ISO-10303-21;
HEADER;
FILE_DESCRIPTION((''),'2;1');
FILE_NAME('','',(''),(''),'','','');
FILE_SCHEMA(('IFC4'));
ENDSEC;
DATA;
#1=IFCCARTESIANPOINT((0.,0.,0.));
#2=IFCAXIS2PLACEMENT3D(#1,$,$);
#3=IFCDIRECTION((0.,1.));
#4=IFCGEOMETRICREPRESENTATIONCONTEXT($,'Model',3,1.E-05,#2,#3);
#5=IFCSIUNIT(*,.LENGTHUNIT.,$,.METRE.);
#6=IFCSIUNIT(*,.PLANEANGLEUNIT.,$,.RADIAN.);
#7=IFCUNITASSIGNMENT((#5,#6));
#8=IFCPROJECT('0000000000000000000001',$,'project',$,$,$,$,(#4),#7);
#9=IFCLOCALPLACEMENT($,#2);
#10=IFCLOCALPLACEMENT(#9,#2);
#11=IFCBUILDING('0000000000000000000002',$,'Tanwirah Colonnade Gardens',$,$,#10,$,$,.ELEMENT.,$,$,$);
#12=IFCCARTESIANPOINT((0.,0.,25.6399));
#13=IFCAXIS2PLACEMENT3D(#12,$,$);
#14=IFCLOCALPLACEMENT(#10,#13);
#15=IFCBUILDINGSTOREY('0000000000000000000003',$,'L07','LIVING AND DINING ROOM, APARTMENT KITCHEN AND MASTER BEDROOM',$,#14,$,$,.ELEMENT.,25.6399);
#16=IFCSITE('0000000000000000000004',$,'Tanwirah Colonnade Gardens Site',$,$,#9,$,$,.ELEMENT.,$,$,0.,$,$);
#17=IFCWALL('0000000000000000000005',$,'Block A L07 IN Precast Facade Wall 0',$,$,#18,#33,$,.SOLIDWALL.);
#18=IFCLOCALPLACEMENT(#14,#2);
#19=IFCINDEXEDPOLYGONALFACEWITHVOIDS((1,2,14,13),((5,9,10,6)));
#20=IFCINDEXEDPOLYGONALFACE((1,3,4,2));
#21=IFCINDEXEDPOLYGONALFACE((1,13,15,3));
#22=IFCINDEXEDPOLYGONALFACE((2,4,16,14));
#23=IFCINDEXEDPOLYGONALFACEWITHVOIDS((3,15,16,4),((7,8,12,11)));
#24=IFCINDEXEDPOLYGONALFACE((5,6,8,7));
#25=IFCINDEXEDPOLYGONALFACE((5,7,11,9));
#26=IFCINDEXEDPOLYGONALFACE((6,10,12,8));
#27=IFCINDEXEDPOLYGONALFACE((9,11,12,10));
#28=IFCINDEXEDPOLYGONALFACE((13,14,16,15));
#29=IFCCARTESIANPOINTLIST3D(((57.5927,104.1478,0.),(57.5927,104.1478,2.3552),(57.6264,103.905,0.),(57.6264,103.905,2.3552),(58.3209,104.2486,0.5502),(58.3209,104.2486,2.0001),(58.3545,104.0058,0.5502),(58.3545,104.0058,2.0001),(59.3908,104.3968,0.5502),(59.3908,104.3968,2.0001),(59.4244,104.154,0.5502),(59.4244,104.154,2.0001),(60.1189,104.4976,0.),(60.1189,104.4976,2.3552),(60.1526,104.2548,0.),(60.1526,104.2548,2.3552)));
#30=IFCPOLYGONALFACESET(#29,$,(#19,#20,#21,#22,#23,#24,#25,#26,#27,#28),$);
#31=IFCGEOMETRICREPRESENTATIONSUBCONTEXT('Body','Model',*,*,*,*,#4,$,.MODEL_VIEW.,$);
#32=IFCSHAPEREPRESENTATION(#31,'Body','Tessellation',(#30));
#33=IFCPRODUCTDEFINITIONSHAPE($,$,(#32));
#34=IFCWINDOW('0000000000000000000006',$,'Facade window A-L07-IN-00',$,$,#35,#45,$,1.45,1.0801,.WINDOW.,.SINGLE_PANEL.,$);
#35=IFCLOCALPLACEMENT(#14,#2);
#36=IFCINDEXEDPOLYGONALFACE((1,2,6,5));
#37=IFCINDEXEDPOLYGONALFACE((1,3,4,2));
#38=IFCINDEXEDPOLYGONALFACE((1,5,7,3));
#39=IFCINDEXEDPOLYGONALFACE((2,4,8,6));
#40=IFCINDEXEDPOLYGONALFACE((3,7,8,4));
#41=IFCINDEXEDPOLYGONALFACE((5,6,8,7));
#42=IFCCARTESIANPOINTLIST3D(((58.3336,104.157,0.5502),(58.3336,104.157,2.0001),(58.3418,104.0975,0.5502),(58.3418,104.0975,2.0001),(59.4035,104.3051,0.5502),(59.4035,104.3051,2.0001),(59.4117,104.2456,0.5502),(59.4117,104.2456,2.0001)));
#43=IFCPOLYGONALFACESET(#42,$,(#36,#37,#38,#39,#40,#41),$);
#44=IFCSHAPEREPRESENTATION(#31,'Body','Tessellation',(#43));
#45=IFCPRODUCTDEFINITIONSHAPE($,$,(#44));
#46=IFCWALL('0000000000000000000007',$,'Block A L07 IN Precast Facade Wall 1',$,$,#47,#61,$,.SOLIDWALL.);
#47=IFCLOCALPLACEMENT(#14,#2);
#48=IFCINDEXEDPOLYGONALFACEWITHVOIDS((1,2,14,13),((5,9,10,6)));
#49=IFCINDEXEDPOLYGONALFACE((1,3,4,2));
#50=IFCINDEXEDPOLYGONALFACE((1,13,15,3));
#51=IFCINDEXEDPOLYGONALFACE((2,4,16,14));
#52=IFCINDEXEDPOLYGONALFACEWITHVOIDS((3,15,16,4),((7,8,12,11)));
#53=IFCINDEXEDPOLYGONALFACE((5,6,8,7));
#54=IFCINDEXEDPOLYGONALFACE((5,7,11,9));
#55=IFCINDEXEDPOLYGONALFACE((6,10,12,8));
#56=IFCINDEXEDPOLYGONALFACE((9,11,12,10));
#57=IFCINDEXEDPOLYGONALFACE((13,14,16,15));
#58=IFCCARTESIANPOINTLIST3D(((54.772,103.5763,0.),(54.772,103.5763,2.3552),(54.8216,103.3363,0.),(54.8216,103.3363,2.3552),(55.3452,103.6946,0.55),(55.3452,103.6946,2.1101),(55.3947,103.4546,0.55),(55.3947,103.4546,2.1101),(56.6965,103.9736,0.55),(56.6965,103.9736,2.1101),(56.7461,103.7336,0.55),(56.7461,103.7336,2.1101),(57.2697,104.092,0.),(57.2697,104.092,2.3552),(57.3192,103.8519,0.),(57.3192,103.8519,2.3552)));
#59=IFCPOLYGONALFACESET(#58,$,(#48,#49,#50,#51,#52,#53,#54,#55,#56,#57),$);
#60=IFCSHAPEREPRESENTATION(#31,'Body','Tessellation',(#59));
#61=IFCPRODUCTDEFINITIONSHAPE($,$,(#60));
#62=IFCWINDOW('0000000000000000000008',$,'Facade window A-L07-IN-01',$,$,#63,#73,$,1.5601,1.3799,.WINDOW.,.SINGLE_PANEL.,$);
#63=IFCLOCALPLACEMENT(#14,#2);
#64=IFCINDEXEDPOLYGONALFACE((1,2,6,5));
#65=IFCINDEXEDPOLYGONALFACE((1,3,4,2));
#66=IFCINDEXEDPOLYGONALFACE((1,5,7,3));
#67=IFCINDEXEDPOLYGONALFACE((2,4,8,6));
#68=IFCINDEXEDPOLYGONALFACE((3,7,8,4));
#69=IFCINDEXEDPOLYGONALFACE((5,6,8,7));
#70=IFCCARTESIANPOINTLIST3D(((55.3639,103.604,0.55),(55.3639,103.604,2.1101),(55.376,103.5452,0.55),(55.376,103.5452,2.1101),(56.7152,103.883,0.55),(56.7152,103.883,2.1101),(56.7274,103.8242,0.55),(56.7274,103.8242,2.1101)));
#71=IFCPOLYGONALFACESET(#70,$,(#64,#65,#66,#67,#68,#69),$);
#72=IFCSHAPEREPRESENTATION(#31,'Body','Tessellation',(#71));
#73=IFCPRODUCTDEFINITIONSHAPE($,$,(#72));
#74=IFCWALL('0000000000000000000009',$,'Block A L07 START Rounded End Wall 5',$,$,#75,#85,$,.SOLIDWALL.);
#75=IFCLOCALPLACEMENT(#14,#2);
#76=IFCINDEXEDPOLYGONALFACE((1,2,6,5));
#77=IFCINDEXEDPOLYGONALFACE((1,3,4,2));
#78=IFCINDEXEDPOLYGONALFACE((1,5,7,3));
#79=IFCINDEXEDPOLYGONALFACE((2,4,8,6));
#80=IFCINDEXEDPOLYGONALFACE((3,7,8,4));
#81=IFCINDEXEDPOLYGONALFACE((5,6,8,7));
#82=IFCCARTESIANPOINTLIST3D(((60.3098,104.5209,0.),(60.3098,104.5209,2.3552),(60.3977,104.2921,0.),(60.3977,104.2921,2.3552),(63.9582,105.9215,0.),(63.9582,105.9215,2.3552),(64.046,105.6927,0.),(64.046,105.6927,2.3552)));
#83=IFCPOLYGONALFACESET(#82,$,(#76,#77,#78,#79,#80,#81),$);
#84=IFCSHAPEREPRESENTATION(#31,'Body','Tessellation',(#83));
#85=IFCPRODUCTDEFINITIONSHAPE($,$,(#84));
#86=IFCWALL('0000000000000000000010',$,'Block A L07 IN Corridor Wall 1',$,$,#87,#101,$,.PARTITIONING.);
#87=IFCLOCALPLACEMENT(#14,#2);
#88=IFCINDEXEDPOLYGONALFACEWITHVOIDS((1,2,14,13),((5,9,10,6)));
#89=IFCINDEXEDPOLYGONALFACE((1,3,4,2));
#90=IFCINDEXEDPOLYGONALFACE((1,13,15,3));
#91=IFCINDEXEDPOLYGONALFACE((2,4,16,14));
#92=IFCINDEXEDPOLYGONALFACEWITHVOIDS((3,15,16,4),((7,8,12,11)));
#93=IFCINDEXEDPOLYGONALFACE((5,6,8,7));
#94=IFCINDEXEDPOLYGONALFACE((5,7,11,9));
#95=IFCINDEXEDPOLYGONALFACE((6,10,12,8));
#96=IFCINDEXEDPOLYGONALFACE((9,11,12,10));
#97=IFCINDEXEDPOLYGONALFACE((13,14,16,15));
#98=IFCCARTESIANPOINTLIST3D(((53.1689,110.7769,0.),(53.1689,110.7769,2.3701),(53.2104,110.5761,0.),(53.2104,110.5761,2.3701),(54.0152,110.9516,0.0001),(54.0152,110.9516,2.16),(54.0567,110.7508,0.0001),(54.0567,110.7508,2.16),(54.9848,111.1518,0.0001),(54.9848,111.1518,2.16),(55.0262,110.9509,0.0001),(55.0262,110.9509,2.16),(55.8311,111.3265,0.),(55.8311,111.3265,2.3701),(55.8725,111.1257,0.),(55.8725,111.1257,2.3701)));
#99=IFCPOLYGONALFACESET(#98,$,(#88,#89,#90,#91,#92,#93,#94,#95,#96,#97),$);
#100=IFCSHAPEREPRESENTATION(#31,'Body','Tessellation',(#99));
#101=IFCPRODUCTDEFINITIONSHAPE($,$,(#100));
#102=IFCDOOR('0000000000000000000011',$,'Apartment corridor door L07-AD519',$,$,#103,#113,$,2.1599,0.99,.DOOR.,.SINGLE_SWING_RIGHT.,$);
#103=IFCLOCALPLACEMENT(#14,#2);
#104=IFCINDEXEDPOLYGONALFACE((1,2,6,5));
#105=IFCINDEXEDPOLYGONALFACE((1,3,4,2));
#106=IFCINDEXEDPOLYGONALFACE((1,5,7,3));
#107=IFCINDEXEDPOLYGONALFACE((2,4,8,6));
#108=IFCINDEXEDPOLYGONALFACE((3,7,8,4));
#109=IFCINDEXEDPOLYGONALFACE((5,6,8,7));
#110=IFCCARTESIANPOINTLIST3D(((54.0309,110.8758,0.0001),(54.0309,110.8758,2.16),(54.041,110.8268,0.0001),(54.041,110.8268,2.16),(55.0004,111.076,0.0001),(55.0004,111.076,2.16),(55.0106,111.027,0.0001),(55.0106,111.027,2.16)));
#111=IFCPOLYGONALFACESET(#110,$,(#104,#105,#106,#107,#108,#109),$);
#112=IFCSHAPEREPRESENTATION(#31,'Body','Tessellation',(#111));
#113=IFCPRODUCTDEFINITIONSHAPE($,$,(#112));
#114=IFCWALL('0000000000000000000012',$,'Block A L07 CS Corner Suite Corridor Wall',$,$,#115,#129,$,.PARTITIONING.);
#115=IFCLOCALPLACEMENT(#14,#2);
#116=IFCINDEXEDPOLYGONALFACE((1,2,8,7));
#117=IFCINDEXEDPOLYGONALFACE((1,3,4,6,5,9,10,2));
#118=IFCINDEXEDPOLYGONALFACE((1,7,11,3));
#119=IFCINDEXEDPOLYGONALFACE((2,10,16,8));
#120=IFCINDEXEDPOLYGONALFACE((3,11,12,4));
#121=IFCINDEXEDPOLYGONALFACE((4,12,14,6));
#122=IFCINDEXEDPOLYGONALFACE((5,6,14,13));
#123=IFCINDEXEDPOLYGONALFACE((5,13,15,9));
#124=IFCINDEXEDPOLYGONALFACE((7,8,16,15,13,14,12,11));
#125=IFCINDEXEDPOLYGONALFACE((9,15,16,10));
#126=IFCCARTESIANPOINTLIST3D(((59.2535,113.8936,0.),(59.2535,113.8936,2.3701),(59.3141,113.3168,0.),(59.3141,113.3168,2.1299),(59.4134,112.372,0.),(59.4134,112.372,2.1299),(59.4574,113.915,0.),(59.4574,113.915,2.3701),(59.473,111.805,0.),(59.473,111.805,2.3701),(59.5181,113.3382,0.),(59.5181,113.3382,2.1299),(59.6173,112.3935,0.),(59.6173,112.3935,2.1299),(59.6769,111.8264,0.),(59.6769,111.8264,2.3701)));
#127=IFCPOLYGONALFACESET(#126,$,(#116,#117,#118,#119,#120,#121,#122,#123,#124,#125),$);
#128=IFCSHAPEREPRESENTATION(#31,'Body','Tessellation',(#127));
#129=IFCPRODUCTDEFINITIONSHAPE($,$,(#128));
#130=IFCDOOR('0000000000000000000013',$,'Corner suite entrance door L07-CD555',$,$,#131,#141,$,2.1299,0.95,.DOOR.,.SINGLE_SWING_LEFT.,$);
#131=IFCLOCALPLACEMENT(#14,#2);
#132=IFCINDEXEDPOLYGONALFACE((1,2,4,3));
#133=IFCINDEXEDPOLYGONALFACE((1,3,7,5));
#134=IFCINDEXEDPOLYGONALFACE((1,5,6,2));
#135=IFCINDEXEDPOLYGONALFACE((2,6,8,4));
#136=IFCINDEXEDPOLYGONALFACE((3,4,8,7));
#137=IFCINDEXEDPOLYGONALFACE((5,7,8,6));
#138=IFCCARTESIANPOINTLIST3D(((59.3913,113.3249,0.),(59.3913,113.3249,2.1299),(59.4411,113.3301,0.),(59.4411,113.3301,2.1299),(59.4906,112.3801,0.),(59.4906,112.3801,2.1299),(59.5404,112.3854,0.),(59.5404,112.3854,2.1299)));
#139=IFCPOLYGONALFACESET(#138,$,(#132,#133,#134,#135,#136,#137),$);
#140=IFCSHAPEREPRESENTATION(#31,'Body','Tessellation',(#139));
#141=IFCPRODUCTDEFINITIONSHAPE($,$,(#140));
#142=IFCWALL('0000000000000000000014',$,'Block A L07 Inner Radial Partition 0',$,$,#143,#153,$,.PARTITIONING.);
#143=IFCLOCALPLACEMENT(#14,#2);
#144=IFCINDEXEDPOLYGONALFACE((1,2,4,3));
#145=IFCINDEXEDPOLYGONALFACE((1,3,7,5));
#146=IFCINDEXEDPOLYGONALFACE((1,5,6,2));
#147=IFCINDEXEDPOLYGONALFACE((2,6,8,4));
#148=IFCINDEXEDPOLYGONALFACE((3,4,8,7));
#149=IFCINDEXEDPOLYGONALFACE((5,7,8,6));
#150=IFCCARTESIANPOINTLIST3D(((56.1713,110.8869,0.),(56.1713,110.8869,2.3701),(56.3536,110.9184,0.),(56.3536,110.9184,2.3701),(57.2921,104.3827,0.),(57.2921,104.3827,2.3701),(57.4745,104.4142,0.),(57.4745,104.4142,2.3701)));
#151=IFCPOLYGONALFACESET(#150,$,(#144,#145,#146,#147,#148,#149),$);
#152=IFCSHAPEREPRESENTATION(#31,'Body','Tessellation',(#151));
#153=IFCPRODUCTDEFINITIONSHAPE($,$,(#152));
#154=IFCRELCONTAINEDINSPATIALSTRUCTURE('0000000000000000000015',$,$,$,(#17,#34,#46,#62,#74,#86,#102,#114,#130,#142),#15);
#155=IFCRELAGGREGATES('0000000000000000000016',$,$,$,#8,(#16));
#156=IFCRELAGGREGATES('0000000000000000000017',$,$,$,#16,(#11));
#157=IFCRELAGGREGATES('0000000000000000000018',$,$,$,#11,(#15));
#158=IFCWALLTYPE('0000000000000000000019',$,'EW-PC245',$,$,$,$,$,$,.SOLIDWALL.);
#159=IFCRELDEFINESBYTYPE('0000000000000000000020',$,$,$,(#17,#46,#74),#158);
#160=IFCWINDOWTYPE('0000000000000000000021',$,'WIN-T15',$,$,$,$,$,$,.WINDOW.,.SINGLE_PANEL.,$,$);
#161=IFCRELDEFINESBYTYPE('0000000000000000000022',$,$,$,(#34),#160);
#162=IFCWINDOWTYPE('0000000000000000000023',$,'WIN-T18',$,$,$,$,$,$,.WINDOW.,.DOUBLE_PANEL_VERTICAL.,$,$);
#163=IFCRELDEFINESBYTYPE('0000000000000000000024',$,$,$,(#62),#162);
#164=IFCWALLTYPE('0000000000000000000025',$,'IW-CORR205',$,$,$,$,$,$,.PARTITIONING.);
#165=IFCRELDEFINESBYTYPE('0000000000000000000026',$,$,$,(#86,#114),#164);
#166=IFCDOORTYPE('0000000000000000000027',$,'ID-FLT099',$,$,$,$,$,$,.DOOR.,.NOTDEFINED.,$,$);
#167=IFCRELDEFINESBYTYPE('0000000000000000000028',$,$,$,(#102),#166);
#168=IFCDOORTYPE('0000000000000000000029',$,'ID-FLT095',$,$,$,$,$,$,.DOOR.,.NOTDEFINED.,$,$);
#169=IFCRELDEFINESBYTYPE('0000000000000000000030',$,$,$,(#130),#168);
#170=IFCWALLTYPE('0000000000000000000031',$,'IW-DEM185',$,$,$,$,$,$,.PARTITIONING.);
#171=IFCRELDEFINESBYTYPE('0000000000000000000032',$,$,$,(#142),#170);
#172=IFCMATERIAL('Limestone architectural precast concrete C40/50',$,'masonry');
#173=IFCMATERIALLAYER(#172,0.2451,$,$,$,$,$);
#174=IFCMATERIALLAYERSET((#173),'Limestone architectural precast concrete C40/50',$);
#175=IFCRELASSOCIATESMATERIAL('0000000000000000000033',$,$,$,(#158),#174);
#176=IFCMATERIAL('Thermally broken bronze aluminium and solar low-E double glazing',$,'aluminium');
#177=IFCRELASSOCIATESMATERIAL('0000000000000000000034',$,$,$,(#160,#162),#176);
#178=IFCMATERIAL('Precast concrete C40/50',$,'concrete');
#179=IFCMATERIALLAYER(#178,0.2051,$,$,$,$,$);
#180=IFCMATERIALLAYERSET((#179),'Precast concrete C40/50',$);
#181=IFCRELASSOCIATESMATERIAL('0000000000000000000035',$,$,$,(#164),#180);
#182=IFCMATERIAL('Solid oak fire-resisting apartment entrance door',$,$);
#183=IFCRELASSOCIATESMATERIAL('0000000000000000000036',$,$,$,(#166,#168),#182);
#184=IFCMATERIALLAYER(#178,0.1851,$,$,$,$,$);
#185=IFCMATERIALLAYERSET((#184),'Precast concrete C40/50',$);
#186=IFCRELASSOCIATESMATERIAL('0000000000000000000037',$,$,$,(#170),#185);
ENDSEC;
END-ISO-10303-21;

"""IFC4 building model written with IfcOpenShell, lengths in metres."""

from ifc_helpers import new_model, si_unit, direction, frame, frame_2d, origin, place, context, subcontext, project, spatial, rectangle, extrude, material, layer, layer_set, type_object, element, fill, save


model = new_model("IFC4")

# Units and contexts
model_context = context("Model", 3, precision=1e-05, world=origin(), true_north=direction((0.0, 1.0)))
body_context = subcontext(model_context, "Body", "Model", "MODEL_VIEW")
ifc_project = project(units=[si_unit("LENGTHUNIT", "METRE"), si_unit("PLANEANGLEUNIT", "RADIAN")], contexts=[model_context])

# Site, building, storey
site_placement = place(None, origin())
site = spatial("IfcSite", under=ifc_project, at=site_placement, Name="Tanwirah Colonnade Gardens Site", CompositionType="ELEMENT", RefElevation=0.0)
building_placement = place(site_placement, origin())
building = spatial("IfcBuilding", under=site, at=building_placement, Name="Tanwirah Colonnade Gardens", CompositionType="ELEMENT")
storey_placement = place(building_placement, frame((0.0, 0.0, 25.6399)))
storey = spatial("IfcBuildingStorey", under=building, at=storey_placement, Name="L07", Description="LIVING AND DINING ROOM, APARTMENT KITCHEN AND MASTER BEDROOM", CompositionType="ELEMENT", Elevation=25.6399)

# Shared definitions
ifc_material_1 = material(Name="Precast concrete C40/50", Category="concrete")

# Walls, openings, windows
ifc_material_2 = material(Name="Limestone architectural precast concrete C40/50", Category="masonry")
ifc_layer_1 = layer(ifc_material_2, 0.2451)
ifc_layer_set_1 = layer_set([ifc_layer_1], Name="Limestone architectural precast concrete C40/50")
wall_type_1 = type_object("IfcWallType", Name="EW-PC245", PredefinedType="SOLIDWALL", material=ifc_layer_set_1)
wall_1_placement = place(storey_placement, frame((60.1357, 104.3762, 0.0), z_axis=(0.0, 0.0, 1.0), x_axis=(-0.990545, -0.137185, 0.0)))
wall_1 = element("IfcWall", 1, at=wall_1_placement, inside=storey, type_object=wall_type_1, Name="Block A L07 IN Precast Facade Wall 0", PredefinedType="SOLIDWALL", context=body_context, shape_type="SweptSolid", body=[
    extrude(rectangle(XDim=2.5503, YDim=0.2451, at=frame_2d((1.2751, 0.0))), origin(), (0.0, 0.0, 1.0), 2.3552),
])
opening_1_placement = place(wall_1_placement, frame((0.7351, 0.0, 0.55)))
opening_1 = element("IfcOpeningElement", 2, at=opening_1_placement, cuts=wall_1, PredefinedType="OPENING", context=body_context, shape_type="SweptSolid", body=[
    extrude(rectangle(XDim=1.0801, YDim=1.45, at=frame_2d((0.54, 0.7251))), frame((0.0, 0.1326, 0.0), z_axis=(0.0, -1.0, 0.0), x_axis=(1.0, 0.0, 0.0)), (0.0, 0.0, 1.0), 0.2651),
])
ifc_material_3 = material(Name="Thermally broken bronze aluminium and solar low-E double glazing", Category="aluminium")
window_type_1 = type_object("IfcWindowType", Name="WIN-T15", PartitioningType="SINGLE_PANEL", PredefinedType="WINDOW", material=ifc_material_3)
window_1_placement = place(opening_1_placement, origin())
window_1 = element("IfcWindow", 3, at=window_1_placement, inside=storey, type_object=window_type_1, Name="Facade window A-L07-IN-00", OverallHeight=1.45, OverallWidth=1.0801, PartitioningType="SINGLE_PANEL", PredefinedType="WINDOW", context=body_context, shape_type="SweptSolid", body=[
    extrude(rectangle(XDim=1.0801, YDim=1.45, at=frame_2d((0.54, 0.7251))), frame((0.0, 0.03, 0.0), z_axis=(0.0, -1.0, 0.0), x_axis=(1.0, 0.0, 0.0)), (0.0, 0.0, 1.0), 0.0601),
])
fill(opening_1, window_1)
wall_2_placement = place(storey_placement, frame((57.2944, 103.9719, 0.0), z_axis=(0.0, 0.0, 1.0), x_axis=(-0.979347, -0.202188, 0.0)))
wall_2 = element("IfcWall", 4, at=wall_2_placement, inside=storey, type_object=wall_type_1, Name="Block A L07 IN Precast Facade Wall 1", PredefinedType="SOLIDWALL", context=body_context, shape_type="SweptSolid", body=[
    extrude(rectangle(XDim=2.5503, YDim=0.2451, at=frame_2d((1.2751, 0.0))), origin(), (0.0, 0.0, 1.0), 2.3552),
])
opening_2_placement = place(wall_2_placement, frame((0.5852, 0.0, 0.55)))
opening_2 = element("IfcOpeningElement", 5, at=opening_2_placement, cuts=wall_2, PredefinedType="OPENING", context=body_context, shape_type="SweptSolid", body=[
    extrude(rectangle(XDim=1.3799, YDim=1.5601, at=frame_2d((0.6899, 0.78))), frame((0.0, 0.1326, 0.0), z_axis=(0.0, -1.0, 0.0), x_axis=(1.0, 0.0, 0.0)), (0.0, 0.0, 1.0), 0.2651),
])
window_type_2 = type_object("IfcWindowType", Name="WIN-T18", PartitioningType="DOUBLE_PANEL_VERTICAL", PredefinedType="WINDOW", material=ifc_material_3)
window_2_placement = place(opening_2_placement, origin())
window_2 = element("IfcWindow", 6, at=window_2_placement, inside=storey, type_object=window_type_2, Name="Facade window A-L07-IN-01", OverallHeight=1.5601, OverallWidth=1.3799, PartitioningType="SINGLE_PANEL", PredefinedType="WINDOW", context=body_context, shape_type="SweptSolid", body=[
    extrude(rectangle(XDim=1.3799, YDim=1.5601, at=frame_2d((0.6899, 0.78))), frame((0.0, 0.03, 0.0), z_axis=(0.0, -1.0, 0.0), x_axis=(1.0, 0.0, 0.0)), (0.0, 0.0, 1.0), 0.0601),
])
fill(opening_2, window_2)

# Wall
wall_3_placement = place(storey_placement, frame((64.0022, 105.8071, 0.0), z_axis=(0.0, 0.0, 1.0), x_axis=(-0.933569, -0.358397, 0.0)))
element("IfcWall", 7, at=wall_3_placement, inside=storey, type_object=wall_type_1, Name="Block A L07 START Rounded End Wall 5", PredefinedType="SOLIDWALL", context=body_context, shape_type="SweptSolid", body=[
    extrude(rectangle(XDim=3.908, YDim=0.2451, at=frame_2d((1.9541, 0.0))), origin(), (0.0, 0.0, 1.0), 2.3552),
])

# Walls, openings, doors
ifc_layer_2 = layer(ifc_material_1, 0.2051)
ifc_layer_set_2 = layer_set([ifc_layer_2], Name="Precast concrete C40/50")
wall_type_2 = type_object("IfcWallType", Name="IW-CORR205", PredefinedType="PARTITIONING", material=ifc_layer_set_2)
ifc_material_4 = material(Name="Solid oak fire-resisting apartment entrance door")
wall_4_placement = place(storey_placement, frame((55.8518, 111.2261, 0.0), z_axis=(0.0, 0.0, 1.0), x_axis=(-0.979349, -0.202175, 0.0)))
wall_4 = element("IfcWall", 8, at=wall_4_placement, inside=storey, type_object=wall_type_2, Name="Block A L07 IN Corridor Wall 1", PredefinedType="PARTITIONING", context=body_context, shape_type="SweptSolid", body=[
    extrude(rectangle(XDim=2.7183, YDim=0.2051, at=frame_2d((1.3591, 0.0))), origin(), (0.0, 0.0, 1.0), 2.3701),
])
opening_3_placement = place(wall_4_placement, frame((0.864, 0.0, 0.0)))
opening_3 = element("IfcOpeningElement", 9, at=opening_3_placement, cuts=wall_4, PredefinedType="OPENING", context=body_context, shape_type="SweptSolid", body=[
    extrude(rectangle(XDim=0.99, YDim=2.1599, at=frame_2d((0.4951, 1.0801))), frame((0.0, 0.1125, 0.0), z_axis=(0.0, -1.0, 0.0), x_axis=(1.0, 0.0, 0.0)), (0.0, 0.0, 1.0), 0.2251),
])
door_type_1 = type_object("IfcDoorType", Name="ID-FLT099", OperationType="NOTDEFINED", PredefinedType="DOOR", material=ifc_material_4)
door_1_placement = place(opening_3_placement, origin())
door_1 = element("IfcDoor", 10, at=door_1_placement, inside=storey, type_object=door_type_1, Name="Apartment corridor door L07-AD519", OperationType="SINGLE_SWING_RIGHT", OverallHeight=2.1599, OverallWidth=0.99, PredefinedType="DOOR", context=body_context, shape_type="SweptSolid", body=[
    extrude(rectangle(XDim=0.99, YDim=2.1599, at=frame_2d((0.4951, 1.0801))), frame((0.0, 0.0249, 0.0), z_axis=(0.0, -1.0, 0.0), x_axis=(1.0, 0.0, 0.0)), (0.0, 0.0, 1.0), 0.05),
])
fill(opening_3, door_1)
wall_5_placement = place(storey_placement, frame((59.575, 111.8157, 0.0), z_axis=(0.0, 0.0, 1.0), x_axis=(-0.104509, 0.994524, 0.0)))
wall_5 = element("IfcWall", 11, at=wall_5_placement, inside=storey, type_object=wall_type_2, Name="Block A L07 CS Corner Suite Corridor Wall", PredefinedType="PARTITIONING", context=body_context, shape_type="SweptSolid", body=[
    extrude(rectangle(XDim=2.1001, YDim=0.2051, at=frame_2d((1.05, 0.0))), origin(), (0.0, 0.0, 1.0), 2.3701),
])
opening_4_placement = place(wall_5_placement, frame((0.5701, 0.0, 0.0)))
opening_4 = element("IfcOpeningElement", 12, at=opening_4_placement, cuts=wall_5, PredefinedType="OPENING", context=body_context, shape_type="SweptSolid", body=[
    extrude(rectangle(XDim=0.95, YDim=2.1299, at=frame_2d((0.4751, 1.0649))), frame((0.0, 0.1125, 0.0), z_axis=(0.0, -1.0, 0.0), x_axis=(1.0, 0.0, 0.0)), (0.0, 0.0, 1.0), 0.2251),
])
door_type_2 = type_object("IfcDoorType", Name="ID-FLT095", OperationType="NOTDEFINED", PredefinedType="DOOR", material=ifc_material_4)
door_2_placement = place(opening_4_placement, origin())
door_2 = element("IfcDoor", 13, at=door_2_placement, inside=storey, type_object=door_type_2, Name="Corner suite entrance door L07-CD555", OperationType="SINGLE_SWING_LEFT", OverallHeight=2.1299, OverallWidth=0.95, PredefinedType="DOOR", context=body_context, shape_type="SweptSolid", body=[
    extrude(rectangle(XDim=0.95, YDim=2.1299, at=frame_2d((0.4751, 1.0649))), frame((0.0, 0.0249, 0.0), z_axis=(0.0, -1.0, 0.0), x_axis=(1.0, 0.0, 0.0)), (0.0, 0.0, 1.0), 0.05),
])
fill(opening_4, door_2)

# Wall
ifc_layer_3 = layer(ifc_material_1, 0.1851)
ifc_layer_set_3 = layer_set([ifc_layer_3], Name="Precast concrete C40/50")
wall_type_3 = type_object("IfcWallType", Name="IW-DEM185", PredefinedType="PARTITIONING", material=ifc_layer_set_3)
wall_6_placement = place(storey_placement, frame((57.3833, 104.3984, 0.0), z_axis=(0.0, 0.0, 1.0), x_axis=(-0.169825, 0.985474, 0.0)))
element("IfcWall", 14, at=wall_6_placement, inside=storey, type_object=wall_type_3, Name="Block A L07 Inner Radial Partition 0", PredefinedType="PARTITIONING", context=body_context, shape_type="SweptSolid", body=[
    extrude(rectangle(XDim=6.6001, YDim=0.1851, at=frame_2d((3.3, 0.0))), origin(), (0.0, 0.0, 1.0), 2.3701),
])

save(model, "model.ifc")
